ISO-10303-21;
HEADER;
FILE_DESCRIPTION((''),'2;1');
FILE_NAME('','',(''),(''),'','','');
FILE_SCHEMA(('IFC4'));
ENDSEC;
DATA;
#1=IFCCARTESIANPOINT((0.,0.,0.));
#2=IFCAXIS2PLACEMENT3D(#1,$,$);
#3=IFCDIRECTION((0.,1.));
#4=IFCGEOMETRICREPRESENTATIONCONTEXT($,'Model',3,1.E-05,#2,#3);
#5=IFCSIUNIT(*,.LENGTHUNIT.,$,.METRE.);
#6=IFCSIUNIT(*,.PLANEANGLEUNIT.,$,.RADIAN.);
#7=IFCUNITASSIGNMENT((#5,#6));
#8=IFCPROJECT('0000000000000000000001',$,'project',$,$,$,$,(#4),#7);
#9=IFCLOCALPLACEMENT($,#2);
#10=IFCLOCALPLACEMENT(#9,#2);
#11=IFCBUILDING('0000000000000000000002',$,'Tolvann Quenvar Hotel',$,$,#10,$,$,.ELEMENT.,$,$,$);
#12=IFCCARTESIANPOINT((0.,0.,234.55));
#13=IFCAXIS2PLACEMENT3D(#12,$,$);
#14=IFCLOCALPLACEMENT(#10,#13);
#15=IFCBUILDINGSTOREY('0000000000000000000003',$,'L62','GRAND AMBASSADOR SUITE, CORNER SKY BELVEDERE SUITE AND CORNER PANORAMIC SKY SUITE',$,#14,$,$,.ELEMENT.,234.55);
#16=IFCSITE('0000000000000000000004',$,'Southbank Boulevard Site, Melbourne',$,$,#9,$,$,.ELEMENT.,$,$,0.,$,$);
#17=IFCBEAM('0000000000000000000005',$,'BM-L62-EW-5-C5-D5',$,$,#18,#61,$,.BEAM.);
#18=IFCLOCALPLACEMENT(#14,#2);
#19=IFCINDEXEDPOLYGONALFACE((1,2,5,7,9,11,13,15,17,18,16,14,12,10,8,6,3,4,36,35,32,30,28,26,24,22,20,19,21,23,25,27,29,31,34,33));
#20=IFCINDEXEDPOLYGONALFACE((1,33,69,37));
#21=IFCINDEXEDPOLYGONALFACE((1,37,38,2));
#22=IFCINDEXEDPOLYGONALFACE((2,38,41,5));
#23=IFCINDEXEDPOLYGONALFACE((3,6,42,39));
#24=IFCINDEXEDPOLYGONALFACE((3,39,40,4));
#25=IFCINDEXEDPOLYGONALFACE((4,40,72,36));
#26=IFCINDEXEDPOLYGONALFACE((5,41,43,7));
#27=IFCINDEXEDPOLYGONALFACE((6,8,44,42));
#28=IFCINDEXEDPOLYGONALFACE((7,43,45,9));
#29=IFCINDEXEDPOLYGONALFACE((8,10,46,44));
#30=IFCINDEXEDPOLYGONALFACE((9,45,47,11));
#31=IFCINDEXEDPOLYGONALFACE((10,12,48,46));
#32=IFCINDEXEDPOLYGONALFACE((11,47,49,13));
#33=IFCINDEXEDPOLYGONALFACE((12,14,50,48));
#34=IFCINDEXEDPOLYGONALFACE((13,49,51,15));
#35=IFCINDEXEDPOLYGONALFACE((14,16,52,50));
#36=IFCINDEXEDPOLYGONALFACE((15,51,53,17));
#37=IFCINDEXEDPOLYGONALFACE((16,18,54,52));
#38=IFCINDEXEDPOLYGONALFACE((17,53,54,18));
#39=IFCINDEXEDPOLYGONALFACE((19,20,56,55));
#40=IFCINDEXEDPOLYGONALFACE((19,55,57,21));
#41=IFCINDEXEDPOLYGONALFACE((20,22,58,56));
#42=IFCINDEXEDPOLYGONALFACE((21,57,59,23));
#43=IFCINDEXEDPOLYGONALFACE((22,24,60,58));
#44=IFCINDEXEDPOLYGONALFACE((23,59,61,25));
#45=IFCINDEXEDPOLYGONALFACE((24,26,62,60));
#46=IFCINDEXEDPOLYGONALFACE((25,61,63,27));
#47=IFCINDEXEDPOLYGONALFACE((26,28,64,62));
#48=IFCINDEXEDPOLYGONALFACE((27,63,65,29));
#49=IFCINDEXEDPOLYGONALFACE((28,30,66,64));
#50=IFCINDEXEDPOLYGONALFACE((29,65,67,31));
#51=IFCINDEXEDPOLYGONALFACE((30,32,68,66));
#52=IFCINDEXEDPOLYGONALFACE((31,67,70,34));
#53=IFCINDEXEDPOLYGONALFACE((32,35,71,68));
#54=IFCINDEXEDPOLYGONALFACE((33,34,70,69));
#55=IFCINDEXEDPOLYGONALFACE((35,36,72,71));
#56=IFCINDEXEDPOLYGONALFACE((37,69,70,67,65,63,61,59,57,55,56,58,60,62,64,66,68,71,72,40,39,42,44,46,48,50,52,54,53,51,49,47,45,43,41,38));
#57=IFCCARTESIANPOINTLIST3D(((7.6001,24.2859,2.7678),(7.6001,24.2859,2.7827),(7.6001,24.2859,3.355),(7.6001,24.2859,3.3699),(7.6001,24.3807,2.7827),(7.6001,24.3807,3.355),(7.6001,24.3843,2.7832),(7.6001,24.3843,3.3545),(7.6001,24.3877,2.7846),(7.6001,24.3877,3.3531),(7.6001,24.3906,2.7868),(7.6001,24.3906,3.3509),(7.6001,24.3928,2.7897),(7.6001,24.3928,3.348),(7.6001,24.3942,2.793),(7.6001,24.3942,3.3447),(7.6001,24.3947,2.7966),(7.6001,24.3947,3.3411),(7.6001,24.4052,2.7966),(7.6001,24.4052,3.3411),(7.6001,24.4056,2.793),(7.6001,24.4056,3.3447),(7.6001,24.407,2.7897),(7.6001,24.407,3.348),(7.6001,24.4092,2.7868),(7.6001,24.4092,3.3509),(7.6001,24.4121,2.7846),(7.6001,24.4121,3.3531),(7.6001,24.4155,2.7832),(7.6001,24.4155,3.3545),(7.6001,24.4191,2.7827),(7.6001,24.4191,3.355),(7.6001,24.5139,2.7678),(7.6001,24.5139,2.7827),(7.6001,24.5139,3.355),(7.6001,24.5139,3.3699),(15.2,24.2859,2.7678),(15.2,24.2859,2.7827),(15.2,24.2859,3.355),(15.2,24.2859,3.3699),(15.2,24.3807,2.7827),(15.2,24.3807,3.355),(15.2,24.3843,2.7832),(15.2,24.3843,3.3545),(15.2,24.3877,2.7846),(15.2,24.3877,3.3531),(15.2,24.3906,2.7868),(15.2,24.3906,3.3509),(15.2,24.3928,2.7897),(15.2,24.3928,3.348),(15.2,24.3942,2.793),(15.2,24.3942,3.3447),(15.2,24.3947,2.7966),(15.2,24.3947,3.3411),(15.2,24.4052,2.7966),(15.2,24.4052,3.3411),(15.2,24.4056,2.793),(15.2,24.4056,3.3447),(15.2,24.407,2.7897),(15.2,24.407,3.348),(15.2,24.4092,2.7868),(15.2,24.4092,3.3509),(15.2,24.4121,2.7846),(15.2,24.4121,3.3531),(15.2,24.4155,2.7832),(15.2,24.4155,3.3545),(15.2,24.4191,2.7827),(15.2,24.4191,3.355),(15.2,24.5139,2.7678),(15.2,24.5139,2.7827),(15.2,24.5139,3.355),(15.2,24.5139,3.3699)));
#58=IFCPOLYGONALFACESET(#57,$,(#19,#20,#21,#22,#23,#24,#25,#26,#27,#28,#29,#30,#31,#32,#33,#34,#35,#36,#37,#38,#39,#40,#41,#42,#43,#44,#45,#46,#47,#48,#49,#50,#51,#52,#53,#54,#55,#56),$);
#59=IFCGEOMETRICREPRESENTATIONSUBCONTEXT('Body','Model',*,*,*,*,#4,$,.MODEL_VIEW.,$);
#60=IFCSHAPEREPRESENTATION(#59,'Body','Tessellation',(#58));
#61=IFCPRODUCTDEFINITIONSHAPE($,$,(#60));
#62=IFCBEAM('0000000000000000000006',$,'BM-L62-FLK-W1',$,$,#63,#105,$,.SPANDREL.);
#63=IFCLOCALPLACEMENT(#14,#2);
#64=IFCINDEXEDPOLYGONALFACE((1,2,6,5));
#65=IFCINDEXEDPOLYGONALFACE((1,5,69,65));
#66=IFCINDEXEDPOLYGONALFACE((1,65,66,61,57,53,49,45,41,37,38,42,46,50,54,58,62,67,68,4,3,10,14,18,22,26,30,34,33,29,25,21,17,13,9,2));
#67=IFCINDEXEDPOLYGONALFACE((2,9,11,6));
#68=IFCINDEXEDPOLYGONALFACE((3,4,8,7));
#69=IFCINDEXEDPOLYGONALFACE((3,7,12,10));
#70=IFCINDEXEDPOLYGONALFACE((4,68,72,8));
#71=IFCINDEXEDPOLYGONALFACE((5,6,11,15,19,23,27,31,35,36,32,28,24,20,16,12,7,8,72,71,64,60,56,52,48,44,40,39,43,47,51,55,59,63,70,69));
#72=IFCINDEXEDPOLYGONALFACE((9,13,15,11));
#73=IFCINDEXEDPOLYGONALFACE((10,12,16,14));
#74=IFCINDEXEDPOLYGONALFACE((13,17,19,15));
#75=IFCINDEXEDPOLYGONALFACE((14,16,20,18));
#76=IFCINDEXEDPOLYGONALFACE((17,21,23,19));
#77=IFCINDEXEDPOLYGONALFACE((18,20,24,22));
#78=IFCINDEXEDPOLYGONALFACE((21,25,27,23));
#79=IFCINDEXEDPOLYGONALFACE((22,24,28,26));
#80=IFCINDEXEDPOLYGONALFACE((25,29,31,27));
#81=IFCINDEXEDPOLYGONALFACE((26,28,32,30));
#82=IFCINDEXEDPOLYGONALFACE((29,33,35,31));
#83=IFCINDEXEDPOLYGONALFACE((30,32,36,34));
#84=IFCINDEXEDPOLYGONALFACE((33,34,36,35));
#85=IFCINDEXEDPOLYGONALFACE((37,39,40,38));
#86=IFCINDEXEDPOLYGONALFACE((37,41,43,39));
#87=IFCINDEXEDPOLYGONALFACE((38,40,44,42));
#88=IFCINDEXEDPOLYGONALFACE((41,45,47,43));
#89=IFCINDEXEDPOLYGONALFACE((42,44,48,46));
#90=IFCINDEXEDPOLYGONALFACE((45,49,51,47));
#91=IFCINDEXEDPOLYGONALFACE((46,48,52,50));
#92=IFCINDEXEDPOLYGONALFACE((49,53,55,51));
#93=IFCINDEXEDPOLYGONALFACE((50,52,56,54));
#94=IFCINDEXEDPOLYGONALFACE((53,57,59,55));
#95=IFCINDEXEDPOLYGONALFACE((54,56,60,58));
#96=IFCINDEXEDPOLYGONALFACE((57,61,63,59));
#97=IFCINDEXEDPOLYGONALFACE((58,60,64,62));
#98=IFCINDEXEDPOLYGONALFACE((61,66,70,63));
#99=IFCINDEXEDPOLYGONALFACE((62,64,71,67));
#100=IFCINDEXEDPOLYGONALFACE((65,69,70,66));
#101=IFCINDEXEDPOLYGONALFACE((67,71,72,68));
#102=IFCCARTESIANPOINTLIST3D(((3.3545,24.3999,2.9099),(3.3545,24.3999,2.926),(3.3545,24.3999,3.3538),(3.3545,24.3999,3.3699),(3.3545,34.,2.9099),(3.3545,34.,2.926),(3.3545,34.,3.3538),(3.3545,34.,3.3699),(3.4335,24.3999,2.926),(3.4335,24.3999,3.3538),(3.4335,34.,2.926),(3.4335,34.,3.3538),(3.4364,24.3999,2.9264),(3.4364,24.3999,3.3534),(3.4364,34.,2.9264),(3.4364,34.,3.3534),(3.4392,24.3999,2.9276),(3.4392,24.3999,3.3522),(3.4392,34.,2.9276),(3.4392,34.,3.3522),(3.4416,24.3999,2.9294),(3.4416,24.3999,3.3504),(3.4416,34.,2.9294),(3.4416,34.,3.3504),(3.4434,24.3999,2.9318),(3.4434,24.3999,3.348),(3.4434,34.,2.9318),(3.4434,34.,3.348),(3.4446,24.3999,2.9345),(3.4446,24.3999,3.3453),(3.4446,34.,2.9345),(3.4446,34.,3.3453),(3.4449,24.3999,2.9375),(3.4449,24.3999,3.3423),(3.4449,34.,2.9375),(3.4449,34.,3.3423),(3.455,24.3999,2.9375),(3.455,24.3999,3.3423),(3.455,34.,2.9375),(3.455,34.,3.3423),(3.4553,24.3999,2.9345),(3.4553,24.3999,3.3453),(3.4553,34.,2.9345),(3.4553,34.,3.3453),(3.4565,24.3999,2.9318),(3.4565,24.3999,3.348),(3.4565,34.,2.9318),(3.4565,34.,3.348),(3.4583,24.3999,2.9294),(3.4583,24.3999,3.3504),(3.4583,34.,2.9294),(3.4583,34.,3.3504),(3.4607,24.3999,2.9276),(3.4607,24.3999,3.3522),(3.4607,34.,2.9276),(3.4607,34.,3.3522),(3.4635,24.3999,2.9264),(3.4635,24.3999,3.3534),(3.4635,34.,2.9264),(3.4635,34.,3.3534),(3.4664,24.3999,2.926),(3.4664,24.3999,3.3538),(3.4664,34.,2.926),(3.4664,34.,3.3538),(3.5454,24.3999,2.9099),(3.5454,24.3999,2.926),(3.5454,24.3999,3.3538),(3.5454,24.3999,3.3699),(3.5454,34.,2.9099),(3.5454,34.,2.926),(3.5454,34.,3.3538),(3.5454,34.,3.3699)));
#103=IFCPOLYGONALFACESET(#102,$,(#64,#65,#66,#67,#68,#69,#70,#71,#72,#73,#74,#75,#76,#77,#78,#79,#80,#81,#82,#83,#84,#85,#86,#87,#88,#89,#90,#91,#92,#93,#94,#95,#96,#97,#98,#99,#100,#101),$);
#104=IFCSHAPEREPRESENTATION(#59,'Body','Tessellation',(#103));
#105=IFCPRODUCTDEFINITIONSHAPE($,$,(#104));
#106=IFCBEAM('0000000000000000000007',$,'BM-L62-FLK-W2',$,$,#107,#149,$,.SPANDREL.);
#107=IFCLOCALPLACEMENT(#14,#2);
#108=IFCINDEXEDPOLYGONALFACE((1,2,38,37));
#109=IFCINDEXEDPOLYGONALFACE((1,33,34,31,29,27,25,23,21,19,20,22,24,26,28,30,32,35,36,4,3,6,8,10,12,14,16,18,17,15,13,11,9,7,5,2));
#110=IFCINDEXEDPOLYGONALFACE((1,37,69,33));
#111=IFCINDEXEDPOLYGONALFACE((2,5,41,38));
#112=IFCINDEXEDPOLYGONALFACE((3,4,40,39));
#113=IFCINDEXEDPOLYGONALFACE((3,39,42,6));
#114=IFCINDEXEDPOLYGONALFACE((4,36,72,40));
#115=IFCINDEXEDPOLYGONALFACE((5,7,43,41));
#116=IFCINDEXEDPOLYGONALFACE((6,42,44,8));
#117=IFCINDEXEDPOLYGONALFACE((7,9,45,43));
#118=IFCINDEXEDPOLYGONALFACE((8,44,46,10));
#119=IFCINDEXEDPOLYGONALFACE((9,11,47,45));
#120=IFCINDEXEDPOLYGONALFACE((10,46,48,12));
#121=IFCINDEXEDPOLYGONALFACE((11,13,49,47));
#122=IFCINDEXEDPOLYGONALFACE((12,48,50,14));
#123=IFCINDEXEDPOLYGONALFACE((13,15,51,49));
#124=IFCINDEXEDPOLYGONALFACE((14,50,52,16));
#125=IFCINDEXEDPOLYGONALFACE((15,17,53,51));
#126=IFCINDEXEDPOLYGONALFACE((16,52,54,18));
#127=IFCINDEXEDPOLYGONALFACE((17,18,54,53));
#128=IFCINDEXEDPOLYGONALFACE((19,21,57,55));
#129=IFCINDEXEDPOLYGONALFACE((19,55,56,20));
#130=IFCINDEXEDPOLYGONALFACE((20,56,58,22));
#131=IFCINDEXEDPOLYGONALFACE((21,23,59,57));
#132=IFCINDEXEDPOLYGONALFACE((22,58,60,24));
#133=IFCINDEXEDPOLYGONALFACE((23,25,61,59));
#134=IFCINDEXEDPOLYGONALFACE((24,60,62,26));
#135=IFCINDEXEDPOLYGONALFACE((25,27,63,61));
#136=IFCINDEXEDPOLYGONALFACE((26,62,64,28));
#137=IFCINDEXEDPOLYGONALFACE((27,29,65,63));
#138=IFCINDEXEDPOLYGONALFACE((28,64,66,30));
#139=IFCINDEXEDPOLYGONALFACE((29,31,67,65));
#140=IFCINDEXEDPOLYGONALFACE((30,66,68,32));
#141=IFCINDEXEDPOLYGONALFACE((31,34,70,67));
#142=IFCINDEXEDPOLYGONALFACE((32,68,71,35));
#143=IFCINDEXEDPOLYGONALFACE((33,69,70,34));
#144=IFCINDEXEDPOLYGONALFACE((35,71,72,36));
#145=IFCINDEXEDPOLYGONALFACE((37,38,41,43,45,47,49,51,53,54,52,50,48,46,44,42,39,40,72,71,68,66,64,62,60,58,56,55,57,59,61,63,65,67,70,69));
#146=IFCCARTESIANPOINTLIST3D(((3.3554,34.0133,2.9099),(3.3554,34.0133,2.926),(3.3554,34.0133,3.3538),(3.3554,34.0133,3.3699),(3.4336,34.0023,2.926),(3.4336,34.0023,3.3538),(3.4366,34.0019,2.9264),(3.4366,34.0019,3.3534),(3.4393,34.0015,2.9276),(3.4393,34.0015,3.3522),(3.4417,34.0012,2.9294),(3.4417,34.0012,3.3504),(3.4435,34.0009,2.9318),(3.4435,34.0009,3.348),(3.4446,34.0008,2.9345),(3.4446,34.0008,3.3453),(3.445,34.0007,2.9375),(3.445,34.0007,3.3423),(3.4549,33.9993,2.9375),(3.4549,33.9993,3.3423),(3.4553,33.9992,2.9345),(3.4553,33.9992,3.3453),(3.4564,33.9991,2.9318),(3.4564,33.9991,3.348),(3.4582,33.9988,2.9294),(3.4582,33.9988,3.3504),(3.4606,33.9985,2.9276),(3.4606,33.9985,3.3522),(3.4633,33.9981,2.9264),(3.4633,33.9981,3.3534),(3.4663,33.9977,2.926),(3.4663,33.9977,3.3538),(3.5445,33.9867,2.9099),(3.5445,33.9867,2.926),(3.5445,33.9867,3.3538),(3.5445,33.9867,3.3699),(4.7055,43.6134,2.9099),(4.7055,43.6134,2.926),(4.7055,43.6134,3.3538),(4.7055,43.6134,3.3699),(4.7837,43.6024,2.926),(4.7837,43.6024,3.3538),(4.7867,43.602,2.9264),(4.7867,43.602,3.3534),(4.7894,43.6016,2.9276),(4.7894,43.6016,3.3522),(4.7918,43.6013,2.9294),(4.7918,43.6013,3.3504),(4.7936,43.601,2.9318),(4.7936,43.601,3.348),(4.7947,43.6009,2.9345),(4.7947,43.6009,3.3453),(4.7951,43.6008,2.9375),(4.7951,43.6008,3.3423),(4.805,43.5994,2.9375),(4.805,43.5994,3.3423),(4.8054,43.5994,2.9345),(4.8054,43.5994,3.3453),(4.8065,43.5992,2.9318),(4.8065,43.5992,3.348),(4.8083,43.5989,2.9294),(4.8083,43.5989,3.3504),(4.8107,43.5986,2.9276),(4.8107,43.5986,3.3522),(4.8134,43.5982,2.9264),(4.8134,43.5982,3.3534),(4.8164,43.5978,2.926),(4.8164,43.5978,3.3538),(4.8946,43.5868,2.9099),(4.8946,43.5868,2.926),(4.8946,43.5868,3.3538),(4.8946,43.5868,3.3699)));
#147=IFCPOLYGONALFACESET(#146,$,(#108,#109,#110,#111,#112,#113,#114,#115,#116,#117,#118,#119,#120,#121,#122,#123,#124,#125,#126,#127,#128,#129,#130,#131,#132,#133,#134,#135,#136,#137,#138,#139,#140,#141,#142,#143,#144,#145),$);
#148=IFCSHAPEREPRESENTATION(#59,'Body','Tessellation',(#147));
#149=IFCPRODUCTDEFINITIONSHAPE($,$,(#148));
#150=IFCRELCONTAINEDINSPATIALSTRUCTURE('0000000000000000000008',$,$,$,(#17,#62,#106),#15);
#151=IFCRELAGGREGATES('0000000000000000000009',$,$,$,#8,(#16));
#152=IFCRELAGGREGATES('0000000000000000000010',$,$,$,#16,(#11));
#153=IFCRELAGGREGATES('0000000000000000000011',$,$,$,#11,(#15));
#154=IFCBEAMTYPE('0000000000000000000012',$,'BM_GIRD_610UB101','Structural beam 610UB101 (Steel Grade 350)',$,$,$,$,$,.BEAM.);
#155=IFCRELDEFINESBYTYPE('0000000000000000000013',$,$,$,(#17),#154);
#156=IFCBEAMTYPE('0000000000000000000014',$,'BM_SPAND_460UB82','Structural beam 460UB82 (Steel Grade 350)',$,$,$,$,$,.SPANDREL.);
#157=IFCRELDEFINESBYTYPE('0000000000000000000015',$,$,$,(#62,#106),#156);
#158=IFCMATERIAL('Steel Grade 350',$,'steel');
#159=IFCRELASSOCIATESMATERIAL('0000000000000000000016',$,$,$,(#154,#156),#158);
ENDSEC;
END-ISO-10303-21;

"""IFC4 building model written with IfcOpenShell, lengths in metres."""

from ifc_helpers import new_model, si_unit, direction, frame, origin, origin_2d, place, context, subcontext, project, spatial, i_section, extrude, source, transform, mapped, material, material_profile, profile_set, type_object, type_shapes, element, save


model = new_model("IFC4")

# Units and contexts
model_context = context("Model", 3, precision=1e-05, world=origin(), true_north=direction((0.0, 1.0)))
body_context = subcontext(model_context, "Body", "Model", "MODEL_VIEW")
ifc_project = project(units=[si_unit("LENGTHUNIT", "METRE"), si_unit("PLANEANGLEUNIT", "RADIAN")], contexts=[model_context])

# Site, building, storey
site_placement = place(None, origin())
site = spatial("IfcSite", under=ifc_project, at=site_placement, Name="Southbank Boulevard Site, Melbourne", CompositionType="ELEMENT", RefElevation=0.0)
building_placement = place(site_placement, origin())
building = spatial("IfcBuilding", under=site, at=building_placement, Name="Tolvann Quenvar Hotel", CompositionType="ELEMENT")
storey_placement = place(building_placement, frame((0.0, 0.0, 234.55)))
storey = spatial("IfcBuildingStorey", under=building, at=storey_placement, Name="L62", Description="GRAND AMBASSADOR SUITE, CORNER SKY BELVEDERE SUITE AND CORNER PANORAMIC SKY SUITE", CompositionType="ELEMENT", Elevation=234.55)

# Beams
ifc_material_1 = material(Name="Steel Grade 350", Category="steel")
ifc_material_profile_1 = material_profile(ifc_material_1, i_section(OverallWidth=0.228, OverallDepth=0.6021, WebThickness=0.0105, FlangeThickness=0.0149, FilletRadius=0.0139, at=origin_2d()), Name="610UB101")
ifc_profile_set_1 = profile_set([ifc_material_profile_1], Name="Steel Grade 350")
beam_type_1 = type_object("IfcBeamType", Name="BM_GIRD_610UB101", Description="Structural beam 610UB101 (Steel Grade 350)", PredefinedType="BEAM", material=ifc_profile_set_1)
shared_shape_1 = source(origin(), body_context, "Body", "SweptSolid", [
    extrude(i_section(OverallWidth=0.228, OverallDepth=0.6021, WebThickness=0.0105, FlangeThickness=0.0149, FilletRadius=0.0139, at=origin_2d()), origin(), (0.0, 0.0, 1.0), 7.5999),
])
beam_1_placement = place(storey_placement, frame((7.6001, 24.3999, 3.0688), z_axis=(1.0, 0.0, 0.0), x_axis=(0.0, 1.0, 0.0)))
element("IfcBeam", 1, at=beam_1_placement, inside=storey, type_object=beam_type_1, Name="BM-L62-EW-5-C5-D5", PredefinedType="BEAM", context=body_context, shape_type="MappedRepresentation", body=[
    mapped(shared_shape_1, transform((0.0, 0.0, 0.0), x_axis=(1.0, 0.0, 0.0), y_axis=(0.0, 1.0, 0.0), z_axis=(0.0, 0.0, 1.0), scale=1.0)),
])
ifc_material_profile_2 = material_profile(ifc_material_1, i_section(OverallWidth=0.1909, OverallDepth=0.46, WebThickness=0.01, FlangeThickness=0.0161, FilletRadius=0.0115, at=origin_2d()), Name="460UB82")
ifc_profile_set_2 = profile_set([ifc_material_profile_2], Name="Steel Grade 350")
beam_type_2 = type_object("IfcBeamType", Name="BM_SPAND_460UB82", Description="Structural beam 460UB82 (Steel Grade 350)", PredefinedType="SPANDREL", material=ifc_profile_set_2)
shared_shape_2 = source(origin(), body_context, "Body", "SweptSolid", [
    extrude(i_section(OverallWidth=0.1909, OverallDepth=0.46, WebThickness=0.01, FlangeThickness=0.0161, FilletRadius=0.0115, at=origin_2d()), origin(), (0.0, 0.0, 1.0), 9.6001),
])
beam_2_placement = place(storey_placement, frame((3.45, 24.3999, 3.1399), z_axis=(0.0, 1.0, 0.0), x_axis=(-1.0, 0.0, 0.0)))
element("IfcBeam", 2, at=beam_2_placement, inside=storey, type_object=beam_type_2, Name="BM-L62-FLK-W1", PredefinedType="SPANDREL", context=body_context, shape_type="MappedRepresentation", body=[
    mapped(shared_shape_2, transform((0.0, 0.0, 0.0), x_axis=(1.0, 0.0, 0.0), y_axis=(0.0, 1.0, 0.0), z_axis=(0.0, 0.0, 1.0), scale=1.0)),
])
shared_shape_3 = source(origin(), body_context, "Body", "SweptSolid", [
    extrude(i_section(OverallWidth=0.1909, OverallDepth=0.46, WebThickness=0.01, FlangeThickness=0.0161, FilletRadius=0.0115, at=origin_2d()), origin(), (0.0, 0.0, 1.0), 9.6946),
])
type_shapes(beam_type_2, [shared_shape_2, shared_shape_3])
beam_3_placement = place(storey_placement, frame((3.45, 34.0, 3.1399), z_axis=(0.139263, 0.990255, 0.0), x_axis=(-0.990255, 0.139263, 0.0)))
element("IfcBeam", 3, at=beam_3_placement, inside=storey, type_object=beam_type_2, Name="BM-L62-FLK-W2", PredefinedType="SPANDREL", context=body_context, shape_type="MappedRepresentation", body=[
    mapped(shared_shape_3, transform((0.0, 0.0, 0.0), x_axis=(1.0, 0.0, 0.0), y_axis=(0.0, 1.0, 0.0), z_axis=(0.0, 0.0, 1.0), scale=1.0)),
])

save(model, "model.ifc")
